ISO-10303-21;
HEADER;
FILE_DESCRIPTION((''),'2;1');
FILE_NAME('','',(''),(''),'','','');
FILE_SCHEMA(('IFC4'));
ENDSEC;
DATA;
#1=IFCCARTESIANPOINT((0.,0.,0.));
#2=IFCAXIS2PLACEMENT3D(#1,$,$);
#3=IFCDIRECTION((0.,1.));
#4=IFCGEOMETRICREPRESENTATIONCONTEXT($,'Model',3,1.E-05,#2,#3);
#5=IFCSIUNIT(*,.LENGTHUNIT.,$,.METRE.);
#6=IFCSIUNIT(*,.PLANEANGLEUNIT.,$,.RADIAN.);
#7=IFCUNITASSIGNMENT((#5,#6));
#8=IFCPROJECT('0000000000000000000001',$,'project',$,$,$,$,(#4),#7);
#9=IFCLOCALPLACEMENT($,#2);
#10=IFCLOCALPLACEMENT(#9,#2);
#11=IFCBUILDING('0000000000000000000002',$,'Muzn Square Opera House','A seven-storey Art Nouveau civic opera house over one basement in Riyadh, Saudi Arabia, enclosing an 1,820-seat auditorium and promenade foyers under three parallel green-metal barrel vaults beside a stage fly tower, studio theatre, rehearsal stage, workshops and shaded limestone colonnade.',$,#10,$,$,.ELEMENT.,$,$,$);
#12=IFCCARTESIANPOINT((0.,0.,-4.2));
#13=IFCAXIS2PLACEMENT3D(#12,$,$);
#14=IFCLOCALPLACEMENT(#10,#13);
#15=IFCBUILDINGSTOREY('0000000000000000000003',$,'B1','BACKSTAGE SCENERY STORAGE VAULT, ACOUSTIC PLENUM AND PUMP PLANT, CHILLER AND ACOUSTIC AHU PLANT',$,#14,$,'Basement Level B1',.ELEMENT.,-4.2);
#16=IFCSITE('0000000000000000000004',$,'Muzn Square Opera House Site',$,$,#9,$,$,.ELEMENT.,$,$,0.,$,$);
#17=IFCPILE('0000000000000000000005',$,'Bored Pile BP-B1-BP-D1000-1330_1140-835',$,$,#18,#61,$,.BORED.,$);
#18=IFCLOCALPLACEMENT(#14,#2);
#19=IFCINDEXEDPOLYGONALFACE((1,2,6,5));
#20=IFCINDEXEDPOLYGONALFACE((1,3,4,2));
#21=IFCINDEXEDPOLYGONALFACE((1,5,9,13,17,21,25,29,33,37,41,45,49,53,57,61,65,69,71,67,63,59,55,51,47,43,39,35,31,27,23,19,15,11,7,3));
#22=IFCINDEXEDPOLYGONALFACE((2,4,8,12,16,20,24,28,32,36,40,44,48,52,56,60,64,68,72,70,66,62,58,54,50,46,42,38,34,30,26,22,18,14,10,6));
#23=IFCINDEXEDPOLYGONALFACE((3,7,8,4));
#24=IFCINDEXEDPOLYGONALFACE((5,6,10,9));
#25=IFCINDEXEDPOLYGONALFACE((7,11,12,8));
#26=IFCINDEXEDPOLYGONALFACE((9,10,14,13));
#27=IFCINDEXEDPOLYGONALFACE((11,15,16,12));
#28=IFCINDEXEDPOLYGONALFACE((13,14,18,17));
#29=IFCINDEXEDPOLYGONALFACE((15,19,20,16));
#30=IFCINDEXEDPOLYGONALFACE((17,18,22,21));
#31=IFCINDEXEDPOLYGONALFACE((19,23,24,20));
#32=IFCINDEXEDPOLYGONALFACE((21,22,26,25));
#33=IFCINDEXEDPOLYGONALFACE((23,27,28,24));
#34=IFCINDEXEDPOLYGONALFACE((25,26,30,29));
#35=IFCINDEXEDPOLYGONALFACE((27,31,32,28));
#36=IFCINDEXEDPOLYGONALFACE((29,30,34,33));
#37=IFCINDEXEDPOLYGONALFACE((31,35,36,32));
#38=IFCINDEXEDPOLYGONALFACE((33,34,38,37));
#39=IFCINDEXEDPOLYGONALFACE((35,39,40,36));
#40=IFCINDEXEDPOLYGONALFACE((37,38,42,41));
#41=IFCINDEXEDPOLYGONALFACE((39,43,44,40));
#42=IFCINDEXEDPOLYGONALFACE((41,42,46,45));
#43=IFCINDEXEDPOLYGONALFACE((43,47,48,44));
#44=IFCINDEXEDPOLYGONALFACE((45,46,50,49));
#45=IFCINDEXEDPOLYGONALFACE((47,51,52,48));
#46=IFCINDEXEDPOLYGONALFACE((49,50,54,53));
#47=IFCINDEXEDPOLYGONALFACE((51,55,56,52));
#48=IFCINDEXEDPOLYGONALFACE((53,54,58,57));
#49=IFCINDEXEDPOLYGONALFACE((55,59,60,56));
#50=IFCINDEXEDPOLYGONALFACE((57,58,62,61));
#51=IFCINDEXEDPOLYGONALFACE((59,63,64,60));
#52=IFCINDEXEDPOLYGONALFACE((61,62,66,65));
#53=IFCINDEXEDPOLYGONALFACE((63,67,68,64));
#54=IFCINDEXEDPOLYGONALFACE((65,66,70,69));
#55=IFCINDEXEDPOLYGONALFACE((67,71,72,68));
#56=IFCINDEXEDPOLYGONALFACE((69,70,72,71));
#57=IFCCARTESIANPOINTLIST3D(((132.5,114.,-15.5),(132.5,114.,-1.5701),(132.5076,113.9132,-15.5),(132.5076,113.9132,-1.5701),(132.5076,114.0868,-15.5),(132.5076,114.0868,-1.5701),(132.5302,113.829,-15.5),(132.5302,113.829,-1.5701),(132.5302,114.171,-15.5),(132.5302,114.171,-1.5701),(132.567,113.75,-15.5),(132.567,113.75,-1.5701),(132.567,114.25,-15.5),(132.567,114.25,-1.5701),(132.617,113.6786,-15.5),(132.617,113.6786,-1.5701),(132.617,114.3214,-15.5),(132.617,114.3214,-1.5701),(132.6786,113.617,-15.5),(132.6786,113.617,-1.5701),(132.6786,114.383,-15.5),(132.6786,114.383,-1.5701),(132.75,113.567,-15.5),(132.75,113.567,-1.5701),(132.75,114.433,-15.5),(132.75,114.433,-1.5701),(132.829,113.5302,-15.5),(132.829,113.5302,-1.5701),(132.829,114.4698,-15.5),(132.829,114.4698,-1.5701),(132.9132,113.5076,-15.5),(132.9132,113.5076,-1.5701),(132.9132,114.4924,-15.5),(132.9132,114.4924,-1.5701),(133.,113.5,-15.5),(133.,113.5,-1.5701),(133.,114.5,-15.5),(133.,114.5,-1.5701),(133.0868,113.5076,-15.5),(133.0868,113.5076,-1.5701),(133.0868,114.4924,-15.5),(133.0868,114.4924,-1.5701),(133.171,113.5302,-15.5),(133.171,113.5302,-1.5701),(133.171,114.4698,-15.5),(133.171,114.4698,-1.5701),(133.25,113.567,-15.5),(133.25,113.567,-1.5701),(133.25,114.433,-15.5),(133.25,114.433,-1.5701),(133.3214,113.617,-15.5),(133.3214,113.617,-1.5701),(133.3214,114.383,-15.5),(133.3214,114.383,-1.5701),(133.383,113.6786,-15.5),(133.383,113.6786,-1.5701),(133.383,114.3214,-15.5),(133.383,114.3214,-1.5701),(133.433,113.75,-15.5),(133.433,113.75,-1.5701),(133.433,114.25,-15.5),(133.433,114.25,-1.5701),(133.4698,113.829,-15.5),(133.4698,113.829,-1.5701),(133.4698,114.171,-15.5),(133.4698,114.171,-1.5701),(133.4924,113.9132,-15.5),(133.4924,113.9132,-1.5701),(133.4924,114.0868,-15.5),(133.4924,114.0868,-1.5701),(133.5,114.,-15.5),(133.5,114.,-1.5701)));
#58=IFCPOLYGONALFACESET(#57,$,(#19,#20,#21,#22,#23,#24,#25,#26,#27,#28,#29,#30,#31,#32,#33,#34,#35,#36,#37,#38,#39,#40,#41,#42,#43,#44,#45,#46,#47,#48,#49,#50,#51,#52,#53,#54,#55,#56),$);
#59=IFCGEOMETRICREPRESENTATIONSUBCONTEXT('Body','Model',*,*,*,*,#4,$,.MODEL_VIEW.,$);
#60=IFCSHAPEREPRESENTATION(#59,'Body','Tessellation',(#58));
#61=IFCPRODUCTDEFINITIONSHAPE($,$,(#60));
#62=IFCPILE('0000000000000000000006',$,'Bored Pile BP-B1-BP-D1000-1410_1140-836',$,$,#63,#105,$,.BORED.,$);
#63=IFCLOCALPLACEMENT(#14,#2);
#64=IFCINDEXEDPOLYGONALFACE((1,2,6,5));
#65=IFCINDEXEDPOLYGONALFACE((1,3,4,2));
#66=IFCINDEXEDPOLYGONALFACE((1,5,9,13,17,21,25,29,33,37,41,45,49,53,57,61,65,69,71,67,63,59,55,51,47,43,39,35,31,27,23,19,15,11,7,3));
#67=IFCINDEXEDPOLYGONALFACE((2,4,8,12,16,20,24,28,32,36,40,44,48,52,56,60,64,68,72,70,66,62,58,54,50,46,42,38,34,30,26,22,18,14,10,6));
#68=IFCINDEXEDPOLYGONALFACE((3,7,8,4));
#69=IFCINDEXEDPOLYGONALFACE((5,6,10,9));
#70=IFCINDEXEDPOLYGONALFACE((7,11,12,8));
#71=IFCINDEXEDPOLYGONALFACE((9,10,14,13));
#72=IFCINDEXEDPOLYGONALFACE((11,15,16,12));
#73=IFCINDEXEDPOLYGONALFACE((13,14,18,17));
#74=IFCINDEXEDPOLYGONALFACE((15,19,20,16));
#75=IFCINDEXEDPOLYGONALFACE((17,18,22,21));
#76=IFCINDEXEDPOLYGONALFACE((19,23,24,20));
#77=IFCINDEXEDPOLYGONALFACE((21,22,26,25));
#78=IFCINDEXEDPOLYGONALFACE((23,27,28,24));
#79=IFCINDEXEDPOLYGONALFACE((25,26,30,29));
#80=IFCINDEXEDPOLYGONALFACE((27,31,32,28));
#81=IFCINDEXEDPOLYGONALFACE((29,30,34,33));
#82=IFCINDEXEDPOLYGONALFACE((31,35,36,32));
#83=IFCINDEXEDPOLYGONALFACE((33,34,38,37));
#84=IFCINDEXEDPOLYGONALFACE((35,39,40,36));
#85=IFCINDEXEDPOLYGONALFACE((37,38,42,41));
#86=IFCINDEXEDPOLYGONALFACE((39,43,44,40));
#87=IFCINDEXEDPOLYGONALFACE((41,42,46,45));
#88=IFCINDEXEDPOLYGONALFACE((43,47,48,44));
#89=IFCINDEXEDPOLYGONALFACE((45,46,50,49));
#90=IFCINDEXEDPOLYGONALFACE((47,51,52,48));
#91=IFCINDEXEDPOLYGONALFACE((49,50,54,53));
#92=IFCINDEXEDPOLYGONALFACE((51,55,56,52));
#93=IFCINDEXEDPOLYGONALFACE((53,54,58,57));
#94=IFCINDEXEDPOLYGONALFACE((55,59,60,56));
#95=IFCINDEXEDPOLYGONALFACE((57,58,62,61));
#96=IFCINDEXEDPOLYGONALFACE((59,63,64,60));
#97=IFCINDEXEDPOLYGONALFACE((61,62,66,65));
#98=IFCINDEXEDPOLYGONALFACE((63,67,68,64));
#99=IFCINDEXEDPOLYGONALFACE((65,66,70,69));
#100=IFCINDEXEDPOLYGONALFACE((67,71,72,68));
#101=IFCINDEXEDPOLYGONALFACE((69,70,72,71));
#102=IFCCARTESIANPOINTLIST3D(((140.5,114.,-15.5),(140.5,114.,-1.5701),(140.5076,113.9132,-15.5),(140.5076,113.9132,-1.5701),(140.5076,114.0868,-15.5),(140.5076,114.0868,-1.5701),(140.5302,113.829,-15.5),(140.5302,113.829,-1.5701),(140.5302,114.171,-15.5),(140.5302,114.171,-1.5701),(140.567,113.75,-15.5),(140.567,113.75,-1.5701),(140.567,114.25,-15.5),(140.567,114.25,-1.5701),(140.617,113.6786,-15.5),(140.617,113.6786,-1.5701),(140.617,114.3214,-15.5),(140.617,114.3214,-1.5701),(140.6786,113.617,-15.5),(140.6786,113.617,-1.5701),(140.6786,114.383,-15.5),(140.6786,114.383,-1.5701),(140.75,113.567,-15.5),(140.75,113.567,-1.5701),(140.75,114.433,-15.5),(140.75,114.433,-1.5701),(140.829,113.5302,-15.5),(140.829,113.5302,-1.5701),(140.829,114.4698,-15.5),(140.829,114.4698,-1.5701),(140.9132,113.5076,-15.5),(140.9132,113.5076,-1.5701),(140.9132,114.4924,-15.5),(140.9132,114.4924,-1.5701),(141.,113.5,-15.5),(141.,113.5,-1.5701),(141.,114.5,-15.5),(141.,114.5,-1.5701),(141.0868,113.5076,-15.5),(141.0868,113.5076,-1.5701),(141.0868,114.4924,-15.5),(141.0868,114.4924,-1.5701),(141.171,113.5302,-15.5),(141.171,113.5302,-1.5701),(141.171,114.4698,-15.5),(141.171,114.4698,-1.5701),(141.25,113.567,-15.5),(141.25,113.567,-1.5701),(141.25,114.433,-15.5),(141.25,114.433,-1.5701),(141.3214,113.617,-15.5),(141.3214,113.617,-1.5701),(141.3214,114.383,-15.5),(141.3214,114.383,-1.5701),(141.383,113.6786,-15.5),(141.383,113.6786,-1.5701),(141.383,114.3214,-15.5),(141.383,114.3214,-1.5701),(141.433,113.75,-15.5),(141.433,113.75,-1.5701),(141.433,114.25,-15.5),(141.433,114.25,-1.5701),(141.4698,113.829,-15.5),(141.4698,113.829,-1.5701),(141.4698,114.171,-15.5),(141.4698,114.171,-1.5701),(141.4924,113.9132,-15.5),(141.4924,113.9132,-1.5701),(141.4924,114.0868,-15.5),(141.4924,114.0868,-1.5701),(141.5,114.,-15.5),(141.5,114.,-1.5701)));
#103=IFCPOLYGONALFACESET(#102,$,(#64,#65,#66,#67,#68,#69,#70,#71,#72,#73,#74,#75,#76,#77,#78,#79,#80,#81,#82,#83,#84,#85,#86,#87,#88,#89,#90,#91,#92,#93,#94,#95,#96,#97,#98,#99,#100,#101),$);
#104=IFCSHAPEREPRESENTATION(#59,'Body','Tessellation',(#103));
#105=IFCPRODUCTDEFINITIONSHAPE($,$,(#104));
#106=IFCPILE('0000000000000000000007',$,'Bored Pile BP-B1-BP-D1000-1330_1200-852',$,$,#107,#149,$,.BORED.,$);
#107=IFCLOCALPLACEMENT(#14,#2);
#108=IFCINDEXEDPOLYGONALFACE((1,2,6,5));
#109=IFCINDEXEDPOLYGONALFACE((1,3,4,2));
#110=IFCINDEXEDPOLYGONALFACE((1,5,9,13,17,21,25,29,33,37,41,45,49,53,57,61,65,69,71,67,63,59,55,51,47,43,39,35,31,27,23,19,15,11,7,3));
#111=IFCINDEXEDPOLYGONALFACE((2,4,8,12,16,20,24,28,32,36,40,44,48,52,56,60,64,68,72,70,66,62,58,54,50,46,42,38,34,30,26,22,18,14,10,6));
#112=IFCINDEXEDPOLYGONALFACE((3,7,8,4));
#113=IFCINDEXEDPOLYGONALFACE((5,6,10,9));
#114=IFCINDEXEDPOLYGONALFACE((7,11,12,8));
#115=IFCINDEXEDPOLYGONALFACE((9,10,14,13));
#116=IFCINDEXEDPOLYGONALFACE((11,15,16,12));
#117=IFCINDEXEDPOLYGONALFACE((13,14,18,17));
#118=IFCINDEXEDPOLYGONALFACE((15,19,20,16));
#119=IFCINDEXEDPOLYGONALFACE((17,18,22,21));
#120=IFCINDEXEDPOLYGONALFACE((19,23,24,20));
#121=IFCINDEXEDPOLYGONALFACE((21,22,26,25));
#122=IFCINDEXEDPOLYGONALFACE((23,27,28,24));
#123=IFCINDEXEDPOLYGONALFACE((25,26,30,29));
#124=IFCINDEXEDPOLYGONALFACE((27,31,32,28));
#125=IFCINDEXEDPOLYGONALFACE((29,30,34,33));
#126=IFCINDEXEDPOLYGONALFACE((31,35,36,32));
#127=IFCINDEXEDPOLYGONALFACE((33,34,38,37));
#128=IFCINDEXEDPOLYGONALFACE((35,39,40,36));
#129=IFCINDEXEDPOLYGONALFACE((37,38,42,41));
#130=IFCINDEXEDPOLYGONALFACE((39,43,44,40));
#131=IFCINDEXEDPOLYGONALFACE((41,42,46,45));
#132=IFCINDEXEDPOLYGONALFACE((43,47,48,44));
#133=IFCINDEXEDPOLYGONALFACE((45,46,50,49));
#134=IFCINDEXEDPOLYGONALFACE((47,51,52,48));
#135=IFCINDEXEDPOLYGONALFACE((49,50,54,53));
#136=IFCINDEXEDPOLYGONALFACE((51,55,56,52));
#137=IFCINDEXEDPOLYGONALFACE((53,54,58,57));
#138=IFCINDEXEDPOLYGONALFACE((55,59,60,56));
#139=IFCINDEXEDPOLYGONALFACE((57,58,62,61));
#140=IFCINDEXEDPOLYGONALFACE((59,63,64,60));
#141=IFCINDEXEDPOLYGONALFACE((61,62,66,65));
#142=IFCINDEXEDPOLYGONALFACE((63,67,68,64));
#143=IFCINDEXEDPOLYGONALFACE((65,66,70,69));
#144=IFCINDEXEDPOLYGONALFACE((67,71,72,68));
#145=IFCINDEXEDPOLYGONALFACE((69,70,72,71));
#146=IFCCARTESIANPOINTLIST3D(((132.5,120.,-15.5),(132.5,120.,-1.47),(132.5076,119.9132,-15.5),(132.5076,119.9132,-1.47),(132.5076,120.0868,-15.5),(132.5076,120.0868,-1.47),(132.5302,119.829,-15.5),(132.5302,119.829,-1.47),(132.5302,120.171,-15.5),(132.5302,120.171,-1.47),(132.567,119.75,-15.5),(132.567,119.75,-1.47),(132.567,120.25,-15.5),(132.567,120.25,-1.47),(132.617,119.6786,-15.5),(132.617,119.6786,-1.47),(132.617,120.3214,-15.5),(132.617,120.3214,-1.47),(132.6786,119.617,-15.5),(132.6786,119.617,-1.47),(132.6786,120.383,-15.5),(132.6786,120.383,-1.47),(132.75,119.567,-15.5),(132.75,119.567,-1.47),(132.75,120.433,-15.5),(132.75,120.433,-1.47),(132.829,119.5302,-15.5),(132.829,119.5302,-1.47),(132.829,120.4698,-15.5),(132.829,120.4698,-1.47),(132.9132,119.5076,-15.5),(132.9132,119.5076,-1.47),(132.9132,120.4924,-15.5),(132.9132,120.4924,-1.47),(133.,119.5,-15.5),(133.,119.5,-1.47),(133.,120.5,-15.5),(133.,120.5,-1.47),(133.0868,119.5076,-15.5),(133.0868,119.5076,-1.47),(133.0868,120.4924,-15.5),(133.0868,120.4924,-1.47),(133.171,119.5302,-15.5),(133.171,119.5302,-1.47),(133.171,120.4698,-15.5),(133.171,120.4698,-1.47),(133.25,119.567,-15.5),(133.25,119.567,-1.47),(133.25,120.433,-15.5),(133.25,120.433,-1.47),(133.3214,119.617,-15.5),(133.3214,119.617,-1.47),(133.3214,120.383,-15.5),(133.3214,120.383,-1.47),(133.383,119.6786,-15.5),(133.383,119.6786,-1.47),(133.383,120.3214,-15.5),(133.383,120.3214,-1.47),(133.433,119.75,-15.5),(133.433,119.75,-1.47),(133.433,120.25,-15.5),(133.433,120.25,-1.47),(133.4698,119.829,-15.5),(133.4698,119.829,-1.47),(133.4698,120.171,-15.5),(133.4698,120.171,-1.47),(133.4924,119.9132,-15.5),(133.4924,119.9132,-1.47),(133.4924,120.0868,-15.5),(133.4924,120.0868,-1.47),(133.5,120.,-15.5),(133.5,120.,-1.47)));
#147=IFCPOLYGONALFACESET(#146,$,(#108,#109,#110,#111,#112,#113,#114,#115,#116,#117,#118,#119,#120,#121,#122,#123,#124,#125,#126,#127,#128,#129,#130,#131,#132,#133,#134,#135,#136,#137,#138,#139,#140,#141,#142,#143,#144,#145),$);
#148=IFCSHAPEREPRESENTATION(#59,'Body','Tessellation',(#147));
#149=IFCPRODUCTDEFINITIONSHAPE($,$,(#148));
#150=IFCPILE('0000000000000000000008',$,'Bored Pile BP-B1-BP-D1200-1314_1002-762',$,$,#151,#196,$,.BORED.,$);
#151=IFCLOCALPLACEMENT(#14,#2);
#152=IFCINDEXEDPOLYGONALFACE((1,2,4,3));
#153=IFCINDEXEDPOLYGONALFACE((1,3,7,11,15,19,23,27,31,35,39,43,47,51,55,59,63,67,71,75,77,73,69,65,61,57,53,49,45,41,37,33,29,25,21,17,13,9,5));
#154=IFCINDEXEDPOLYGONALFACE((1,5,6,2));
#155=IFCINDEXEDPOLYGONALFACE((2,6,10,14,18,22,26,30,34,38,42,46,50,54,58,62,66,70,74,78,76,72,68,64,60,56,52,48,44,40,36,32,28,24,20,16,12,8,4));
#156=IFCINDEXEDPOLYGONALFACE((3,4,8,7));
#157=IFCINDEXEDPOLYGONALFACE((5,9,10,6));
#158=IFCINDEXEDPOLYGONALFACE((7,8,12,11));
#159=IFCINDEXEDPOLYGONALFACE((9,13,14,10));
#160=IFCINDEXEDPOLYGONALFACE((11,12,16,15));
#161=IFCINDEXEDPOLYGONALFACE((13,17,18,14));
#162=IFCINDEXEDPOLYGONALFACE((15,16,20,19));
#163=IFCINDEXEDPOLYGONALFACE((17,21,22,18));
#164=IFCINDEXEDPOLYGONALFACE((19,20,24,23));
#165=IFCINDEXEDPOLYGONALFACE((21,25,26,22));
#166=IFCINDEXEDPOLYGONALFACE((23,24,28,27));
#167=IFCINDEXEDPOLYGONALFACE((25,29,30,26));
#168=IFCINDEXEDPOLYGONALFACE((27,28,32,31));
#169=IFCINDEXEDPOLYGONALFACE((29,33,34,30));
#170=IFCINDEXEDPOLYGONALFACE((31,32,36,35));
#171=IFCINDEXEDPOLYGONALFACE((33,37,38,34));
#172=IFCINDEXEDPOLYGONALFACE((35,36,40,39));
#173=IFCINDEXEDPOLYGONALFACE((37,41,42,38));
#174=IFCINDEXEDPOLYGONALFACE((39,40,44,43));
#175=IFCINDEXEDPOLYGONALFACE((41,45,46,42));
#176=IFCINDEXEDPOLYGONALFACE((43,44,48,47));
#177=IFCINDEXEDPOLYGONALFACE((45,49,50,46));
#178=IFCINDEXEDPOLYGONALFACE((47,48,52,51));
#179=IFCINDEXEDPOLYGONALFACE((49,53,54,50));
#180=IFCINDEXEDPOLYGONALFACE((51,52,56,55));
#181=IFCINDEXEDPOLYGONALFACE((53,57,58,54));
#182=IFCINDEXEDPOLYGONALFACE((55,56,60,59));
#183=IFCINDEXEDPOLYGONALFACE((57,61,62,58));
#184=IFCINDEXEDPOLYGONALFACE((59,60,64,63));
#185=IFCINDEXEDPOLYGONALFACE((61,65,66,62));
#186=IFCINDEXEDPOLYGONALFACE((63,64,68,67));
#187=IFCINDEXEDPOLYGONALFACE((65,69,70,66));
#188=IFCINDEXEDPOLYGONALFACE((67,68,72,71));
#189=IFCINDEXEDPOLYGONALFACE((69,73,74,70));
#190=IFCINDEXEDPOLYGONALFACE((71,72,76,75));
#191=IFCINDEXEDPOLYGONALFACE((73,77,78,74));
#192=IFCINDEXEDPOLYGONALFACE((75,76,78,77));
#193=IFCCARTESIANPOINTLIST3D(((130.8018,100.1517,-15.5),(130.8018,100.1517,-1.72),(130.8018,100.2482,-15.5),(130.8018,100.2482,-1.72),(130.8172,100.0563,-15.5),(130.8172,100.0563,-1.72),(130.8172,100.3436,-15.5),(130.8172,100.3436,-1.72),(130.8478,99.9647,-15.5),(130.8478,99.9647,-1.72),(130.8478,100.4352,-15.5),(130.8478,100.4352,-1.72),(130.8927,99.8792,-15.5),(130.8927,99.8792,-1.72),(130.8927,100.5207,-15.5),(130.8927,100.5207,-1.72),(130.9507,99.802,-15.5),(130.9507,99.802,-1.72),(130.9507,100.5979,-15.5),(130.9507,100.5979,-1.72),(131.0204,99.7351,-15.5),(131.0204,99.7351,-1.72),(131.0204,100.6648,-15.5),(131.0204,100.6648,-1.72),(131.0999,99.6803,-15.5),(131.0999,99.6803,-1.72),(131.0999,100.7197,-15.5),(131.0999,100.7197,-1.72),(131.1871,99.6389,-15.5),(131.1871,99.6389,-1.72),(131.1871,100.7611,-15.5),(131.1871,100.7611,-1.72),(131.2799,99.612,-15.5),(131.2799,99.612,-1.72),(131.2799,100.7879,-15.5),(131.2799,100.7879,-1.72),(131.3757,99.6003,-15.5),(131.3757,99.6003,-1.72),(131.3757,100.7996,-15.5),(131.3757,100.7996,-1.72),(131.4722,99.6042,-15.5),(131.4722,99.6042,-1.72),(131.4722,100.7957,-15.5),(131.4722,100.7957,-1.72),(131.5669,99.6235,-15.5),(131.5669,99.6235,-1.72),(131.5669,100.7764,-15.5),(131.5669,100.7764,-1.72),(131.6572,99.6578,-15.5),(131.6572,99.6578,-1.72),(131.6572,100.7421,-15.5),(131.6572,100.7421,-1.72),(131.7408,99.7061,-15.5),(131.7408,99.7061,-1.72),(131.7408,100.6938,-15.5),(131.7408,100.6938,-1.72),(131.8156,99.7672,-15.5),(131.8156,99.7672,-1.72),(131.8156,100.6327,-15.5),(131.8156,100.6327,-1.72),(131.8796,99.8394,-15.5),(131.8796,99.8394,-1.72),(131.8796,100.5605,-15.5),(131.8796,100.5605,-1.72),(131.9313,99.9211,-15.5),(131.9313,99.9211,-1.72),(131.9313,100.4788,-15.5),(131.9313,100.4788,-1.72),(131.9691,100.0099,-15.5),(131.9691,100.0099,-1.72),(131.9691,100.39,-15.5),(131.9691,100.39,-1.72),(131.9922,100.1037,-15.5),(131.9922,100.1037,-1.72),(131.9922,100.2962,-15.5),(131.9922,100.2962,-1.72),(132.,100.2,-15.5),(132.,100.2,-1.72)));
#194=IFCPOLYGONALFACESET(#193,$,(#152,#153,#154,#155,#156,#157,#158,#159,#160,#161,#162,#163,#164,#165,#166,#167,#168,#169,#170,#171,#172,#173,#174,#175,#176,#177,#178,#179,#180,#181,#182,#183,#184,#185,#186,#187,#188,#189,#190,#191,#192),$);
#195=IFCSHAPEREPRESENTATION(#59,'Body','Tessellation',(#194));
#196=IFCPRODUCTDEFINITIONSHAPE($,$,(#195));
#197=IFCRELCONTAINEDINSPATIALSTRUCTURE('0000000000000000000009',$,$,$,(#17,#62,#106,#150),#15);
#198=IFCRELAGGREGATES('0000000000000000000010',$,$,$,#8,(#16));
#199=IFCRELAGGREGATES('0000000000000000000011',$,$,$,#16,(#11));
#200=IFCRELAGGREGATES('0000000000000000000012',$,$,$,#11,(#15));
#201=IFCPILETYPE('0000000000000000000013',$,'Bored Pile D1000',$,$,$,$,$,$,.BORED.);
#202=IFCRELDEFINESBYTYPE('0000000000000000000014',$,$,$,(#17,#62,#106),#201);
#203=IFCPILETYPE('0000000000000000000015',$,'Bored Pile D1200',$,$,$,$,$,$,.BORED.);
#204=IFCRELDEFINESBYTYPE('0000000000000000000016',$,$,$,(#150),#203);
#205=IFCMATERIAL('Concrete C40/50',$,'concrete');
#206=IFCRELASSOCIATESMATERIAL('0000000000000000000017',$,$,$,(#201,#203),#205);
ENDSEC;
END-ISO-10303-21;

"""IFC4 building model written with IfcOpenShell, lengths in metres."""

from ifc_helpers import new_model, si_unit, direction, frame, origin, origin_2d, place, context, subcontext, project, spatial, circle, extrude, material, material_profile, profile_set, type_object, element, save


model = new_model("IFC4")

# Units and contexts
model_context = context("Model", 3, precision=1e-05, world=origin(), true_north=direction((0.0, 1.0)))
body_context = subcontext(model_context, "Body", "Model", "MODEL_VIEW")
ifc_project = project(units=[si_unit("LENGTHUNIT", "METRE"), si_unit("PLANEANGLEUNIT", "RADIAN")], contexts=[model_context])

# Site, building, storey
site_placement = place(None, origin())
site = spatial("IfcSite", under=ifc_project, at=site_placement, Name="Muzn Square Opera House Site", CompositionType="ELEMENT", RefElevation=0.0)
building_placement = place(site_placement, origin())
building = spatial("IfcBuilding", under=site, at=building_placement, Name="Muzn Square Opera House", Description="A seven-storey Art Nouveau civic opera house over one basement in Riyadh, Saudi Arabia, enclosing an 1,820-seat auditorium and promenade foyers under three parallel green-metal barrel vaults beside a stage fly tower, studio theatre, rehearsal stage, workshops and shaded limestone colonnade.", CompositionType="ELEMENT")
storey_placement = place(building_placement, frame((0.0, 0.0, -4.2)))
storey = spatial("IfcBuildingStorey", under=building, at=storey_placement, Name="B1", Description="BACKSTAGE SCENERY STORAGE VAULT, ACOUSTIC PLENUM AND PUMP PLANT, CHILLER AND ACOUSTIC AHU PLANT", LongName="Basement Level B1", CompositionType="ELEMENT", Elevation=-4.2)

# Piles
ifc_material_1 = material(Name="Concrete C40/50", Category="concrete")
ifc_material_profile_1 = material_profile(ifc_material_1, circle(Radius=0.5, at=origin_2d()), Name="BORED PILE D1000", Category="concrete")
ifc_profile_set_1 = profile_set([ifc_material_profile_1], Name="Concrete C40/50")
pile_type_1 = type_object("IfcPileType", Name="Bored Pile D1000", PredefinedType="BORED", material=ifc_profile_set_1)
for number, where, z_axis, x_axis, name in (
    (1, (133.0, 114.0, -1.5701), (0.0, 0.0, -1.0), (1.0, 0.0, 0.0), "Bored Pile BP-B1-BP-D1000-1330_1140-835"),
    (2, (141.0, 114.0, -1.5701), (0.0, 0.0, -1.0), (1.0, 0.0, 0.0), "Bored Pile BP-B1-BP-D1000-1410_1140-836"),
):
    element("IfcPile", number, at=place(storey_placement, frame(where, z_axis=z_axis, x_axis=x_axis)), inside=storey, type_object=pile_type_1, Name=name, PredefinedType="BORED", context=body_context, shape_type="SweptSolid", body=[
        extrude(circle(Radius=0.5, at=origin_2d()), origin(), (0.0, 0.0, 1.0), 13.9299),
    ])
pile_placement = place(storey_placement, frame((133.0, 120.0, -1.47), z_axis=(0.0, 0.0, -1.0), x_axis=(1.0, 0.0, 0.0)))
element("IfcPile", 3, at=pile_placement, inside=storey, type_object=pile_type_1, Name="Bored Pile BP-B1-BP-D1000-1330_1200-852", PredefinedType="BORED", context=body_context, shape_type="SweptSolid", body=[
    extrude(circle(Radius=0.5, at=origin_2d()), origin(), (0.0, 0.0, 1.0), 14.03),
])
ifc_material_profile_2 = material_profile(ifc_material_1, circle(Radius=0.6001, at=origin_2d()), Name="BORED PILE D1200", Category="concrete")
ifc_profile_set_2 = profile_set([ifc_material_profile_2], Name="Concrete C40/50")
pile_type_2 = type_object("IfcPileType", Name="Bored Pile D1200", PredefinedType="BORED", material=ifc_profile_set_2)
for number, where, z_axis, x_axis, name in (
    (4, (131.3999, 100.2, -1.72), (0.0, 0.0, -1.0), (1.0, 0.0, 0.0), "Bored Pile BP-B1-BP-D1200-1314_1002-762"),
):
    element("IfcPile", number, at=place(storey_placement, frame(where, z_axis=z_axis, x_axis=x_axis)), inside=storey, type_object=pile_type_2, Name=name, PredefinedType="BORED", context=body_context, shape_type="SweptSolid", body=[
        extrude(circle(Radius=0.6001, at=origin_2d()), origin(), (0.0, 0.0, 1.0), 13.78),
    ])

save(model, "model.ifc")
